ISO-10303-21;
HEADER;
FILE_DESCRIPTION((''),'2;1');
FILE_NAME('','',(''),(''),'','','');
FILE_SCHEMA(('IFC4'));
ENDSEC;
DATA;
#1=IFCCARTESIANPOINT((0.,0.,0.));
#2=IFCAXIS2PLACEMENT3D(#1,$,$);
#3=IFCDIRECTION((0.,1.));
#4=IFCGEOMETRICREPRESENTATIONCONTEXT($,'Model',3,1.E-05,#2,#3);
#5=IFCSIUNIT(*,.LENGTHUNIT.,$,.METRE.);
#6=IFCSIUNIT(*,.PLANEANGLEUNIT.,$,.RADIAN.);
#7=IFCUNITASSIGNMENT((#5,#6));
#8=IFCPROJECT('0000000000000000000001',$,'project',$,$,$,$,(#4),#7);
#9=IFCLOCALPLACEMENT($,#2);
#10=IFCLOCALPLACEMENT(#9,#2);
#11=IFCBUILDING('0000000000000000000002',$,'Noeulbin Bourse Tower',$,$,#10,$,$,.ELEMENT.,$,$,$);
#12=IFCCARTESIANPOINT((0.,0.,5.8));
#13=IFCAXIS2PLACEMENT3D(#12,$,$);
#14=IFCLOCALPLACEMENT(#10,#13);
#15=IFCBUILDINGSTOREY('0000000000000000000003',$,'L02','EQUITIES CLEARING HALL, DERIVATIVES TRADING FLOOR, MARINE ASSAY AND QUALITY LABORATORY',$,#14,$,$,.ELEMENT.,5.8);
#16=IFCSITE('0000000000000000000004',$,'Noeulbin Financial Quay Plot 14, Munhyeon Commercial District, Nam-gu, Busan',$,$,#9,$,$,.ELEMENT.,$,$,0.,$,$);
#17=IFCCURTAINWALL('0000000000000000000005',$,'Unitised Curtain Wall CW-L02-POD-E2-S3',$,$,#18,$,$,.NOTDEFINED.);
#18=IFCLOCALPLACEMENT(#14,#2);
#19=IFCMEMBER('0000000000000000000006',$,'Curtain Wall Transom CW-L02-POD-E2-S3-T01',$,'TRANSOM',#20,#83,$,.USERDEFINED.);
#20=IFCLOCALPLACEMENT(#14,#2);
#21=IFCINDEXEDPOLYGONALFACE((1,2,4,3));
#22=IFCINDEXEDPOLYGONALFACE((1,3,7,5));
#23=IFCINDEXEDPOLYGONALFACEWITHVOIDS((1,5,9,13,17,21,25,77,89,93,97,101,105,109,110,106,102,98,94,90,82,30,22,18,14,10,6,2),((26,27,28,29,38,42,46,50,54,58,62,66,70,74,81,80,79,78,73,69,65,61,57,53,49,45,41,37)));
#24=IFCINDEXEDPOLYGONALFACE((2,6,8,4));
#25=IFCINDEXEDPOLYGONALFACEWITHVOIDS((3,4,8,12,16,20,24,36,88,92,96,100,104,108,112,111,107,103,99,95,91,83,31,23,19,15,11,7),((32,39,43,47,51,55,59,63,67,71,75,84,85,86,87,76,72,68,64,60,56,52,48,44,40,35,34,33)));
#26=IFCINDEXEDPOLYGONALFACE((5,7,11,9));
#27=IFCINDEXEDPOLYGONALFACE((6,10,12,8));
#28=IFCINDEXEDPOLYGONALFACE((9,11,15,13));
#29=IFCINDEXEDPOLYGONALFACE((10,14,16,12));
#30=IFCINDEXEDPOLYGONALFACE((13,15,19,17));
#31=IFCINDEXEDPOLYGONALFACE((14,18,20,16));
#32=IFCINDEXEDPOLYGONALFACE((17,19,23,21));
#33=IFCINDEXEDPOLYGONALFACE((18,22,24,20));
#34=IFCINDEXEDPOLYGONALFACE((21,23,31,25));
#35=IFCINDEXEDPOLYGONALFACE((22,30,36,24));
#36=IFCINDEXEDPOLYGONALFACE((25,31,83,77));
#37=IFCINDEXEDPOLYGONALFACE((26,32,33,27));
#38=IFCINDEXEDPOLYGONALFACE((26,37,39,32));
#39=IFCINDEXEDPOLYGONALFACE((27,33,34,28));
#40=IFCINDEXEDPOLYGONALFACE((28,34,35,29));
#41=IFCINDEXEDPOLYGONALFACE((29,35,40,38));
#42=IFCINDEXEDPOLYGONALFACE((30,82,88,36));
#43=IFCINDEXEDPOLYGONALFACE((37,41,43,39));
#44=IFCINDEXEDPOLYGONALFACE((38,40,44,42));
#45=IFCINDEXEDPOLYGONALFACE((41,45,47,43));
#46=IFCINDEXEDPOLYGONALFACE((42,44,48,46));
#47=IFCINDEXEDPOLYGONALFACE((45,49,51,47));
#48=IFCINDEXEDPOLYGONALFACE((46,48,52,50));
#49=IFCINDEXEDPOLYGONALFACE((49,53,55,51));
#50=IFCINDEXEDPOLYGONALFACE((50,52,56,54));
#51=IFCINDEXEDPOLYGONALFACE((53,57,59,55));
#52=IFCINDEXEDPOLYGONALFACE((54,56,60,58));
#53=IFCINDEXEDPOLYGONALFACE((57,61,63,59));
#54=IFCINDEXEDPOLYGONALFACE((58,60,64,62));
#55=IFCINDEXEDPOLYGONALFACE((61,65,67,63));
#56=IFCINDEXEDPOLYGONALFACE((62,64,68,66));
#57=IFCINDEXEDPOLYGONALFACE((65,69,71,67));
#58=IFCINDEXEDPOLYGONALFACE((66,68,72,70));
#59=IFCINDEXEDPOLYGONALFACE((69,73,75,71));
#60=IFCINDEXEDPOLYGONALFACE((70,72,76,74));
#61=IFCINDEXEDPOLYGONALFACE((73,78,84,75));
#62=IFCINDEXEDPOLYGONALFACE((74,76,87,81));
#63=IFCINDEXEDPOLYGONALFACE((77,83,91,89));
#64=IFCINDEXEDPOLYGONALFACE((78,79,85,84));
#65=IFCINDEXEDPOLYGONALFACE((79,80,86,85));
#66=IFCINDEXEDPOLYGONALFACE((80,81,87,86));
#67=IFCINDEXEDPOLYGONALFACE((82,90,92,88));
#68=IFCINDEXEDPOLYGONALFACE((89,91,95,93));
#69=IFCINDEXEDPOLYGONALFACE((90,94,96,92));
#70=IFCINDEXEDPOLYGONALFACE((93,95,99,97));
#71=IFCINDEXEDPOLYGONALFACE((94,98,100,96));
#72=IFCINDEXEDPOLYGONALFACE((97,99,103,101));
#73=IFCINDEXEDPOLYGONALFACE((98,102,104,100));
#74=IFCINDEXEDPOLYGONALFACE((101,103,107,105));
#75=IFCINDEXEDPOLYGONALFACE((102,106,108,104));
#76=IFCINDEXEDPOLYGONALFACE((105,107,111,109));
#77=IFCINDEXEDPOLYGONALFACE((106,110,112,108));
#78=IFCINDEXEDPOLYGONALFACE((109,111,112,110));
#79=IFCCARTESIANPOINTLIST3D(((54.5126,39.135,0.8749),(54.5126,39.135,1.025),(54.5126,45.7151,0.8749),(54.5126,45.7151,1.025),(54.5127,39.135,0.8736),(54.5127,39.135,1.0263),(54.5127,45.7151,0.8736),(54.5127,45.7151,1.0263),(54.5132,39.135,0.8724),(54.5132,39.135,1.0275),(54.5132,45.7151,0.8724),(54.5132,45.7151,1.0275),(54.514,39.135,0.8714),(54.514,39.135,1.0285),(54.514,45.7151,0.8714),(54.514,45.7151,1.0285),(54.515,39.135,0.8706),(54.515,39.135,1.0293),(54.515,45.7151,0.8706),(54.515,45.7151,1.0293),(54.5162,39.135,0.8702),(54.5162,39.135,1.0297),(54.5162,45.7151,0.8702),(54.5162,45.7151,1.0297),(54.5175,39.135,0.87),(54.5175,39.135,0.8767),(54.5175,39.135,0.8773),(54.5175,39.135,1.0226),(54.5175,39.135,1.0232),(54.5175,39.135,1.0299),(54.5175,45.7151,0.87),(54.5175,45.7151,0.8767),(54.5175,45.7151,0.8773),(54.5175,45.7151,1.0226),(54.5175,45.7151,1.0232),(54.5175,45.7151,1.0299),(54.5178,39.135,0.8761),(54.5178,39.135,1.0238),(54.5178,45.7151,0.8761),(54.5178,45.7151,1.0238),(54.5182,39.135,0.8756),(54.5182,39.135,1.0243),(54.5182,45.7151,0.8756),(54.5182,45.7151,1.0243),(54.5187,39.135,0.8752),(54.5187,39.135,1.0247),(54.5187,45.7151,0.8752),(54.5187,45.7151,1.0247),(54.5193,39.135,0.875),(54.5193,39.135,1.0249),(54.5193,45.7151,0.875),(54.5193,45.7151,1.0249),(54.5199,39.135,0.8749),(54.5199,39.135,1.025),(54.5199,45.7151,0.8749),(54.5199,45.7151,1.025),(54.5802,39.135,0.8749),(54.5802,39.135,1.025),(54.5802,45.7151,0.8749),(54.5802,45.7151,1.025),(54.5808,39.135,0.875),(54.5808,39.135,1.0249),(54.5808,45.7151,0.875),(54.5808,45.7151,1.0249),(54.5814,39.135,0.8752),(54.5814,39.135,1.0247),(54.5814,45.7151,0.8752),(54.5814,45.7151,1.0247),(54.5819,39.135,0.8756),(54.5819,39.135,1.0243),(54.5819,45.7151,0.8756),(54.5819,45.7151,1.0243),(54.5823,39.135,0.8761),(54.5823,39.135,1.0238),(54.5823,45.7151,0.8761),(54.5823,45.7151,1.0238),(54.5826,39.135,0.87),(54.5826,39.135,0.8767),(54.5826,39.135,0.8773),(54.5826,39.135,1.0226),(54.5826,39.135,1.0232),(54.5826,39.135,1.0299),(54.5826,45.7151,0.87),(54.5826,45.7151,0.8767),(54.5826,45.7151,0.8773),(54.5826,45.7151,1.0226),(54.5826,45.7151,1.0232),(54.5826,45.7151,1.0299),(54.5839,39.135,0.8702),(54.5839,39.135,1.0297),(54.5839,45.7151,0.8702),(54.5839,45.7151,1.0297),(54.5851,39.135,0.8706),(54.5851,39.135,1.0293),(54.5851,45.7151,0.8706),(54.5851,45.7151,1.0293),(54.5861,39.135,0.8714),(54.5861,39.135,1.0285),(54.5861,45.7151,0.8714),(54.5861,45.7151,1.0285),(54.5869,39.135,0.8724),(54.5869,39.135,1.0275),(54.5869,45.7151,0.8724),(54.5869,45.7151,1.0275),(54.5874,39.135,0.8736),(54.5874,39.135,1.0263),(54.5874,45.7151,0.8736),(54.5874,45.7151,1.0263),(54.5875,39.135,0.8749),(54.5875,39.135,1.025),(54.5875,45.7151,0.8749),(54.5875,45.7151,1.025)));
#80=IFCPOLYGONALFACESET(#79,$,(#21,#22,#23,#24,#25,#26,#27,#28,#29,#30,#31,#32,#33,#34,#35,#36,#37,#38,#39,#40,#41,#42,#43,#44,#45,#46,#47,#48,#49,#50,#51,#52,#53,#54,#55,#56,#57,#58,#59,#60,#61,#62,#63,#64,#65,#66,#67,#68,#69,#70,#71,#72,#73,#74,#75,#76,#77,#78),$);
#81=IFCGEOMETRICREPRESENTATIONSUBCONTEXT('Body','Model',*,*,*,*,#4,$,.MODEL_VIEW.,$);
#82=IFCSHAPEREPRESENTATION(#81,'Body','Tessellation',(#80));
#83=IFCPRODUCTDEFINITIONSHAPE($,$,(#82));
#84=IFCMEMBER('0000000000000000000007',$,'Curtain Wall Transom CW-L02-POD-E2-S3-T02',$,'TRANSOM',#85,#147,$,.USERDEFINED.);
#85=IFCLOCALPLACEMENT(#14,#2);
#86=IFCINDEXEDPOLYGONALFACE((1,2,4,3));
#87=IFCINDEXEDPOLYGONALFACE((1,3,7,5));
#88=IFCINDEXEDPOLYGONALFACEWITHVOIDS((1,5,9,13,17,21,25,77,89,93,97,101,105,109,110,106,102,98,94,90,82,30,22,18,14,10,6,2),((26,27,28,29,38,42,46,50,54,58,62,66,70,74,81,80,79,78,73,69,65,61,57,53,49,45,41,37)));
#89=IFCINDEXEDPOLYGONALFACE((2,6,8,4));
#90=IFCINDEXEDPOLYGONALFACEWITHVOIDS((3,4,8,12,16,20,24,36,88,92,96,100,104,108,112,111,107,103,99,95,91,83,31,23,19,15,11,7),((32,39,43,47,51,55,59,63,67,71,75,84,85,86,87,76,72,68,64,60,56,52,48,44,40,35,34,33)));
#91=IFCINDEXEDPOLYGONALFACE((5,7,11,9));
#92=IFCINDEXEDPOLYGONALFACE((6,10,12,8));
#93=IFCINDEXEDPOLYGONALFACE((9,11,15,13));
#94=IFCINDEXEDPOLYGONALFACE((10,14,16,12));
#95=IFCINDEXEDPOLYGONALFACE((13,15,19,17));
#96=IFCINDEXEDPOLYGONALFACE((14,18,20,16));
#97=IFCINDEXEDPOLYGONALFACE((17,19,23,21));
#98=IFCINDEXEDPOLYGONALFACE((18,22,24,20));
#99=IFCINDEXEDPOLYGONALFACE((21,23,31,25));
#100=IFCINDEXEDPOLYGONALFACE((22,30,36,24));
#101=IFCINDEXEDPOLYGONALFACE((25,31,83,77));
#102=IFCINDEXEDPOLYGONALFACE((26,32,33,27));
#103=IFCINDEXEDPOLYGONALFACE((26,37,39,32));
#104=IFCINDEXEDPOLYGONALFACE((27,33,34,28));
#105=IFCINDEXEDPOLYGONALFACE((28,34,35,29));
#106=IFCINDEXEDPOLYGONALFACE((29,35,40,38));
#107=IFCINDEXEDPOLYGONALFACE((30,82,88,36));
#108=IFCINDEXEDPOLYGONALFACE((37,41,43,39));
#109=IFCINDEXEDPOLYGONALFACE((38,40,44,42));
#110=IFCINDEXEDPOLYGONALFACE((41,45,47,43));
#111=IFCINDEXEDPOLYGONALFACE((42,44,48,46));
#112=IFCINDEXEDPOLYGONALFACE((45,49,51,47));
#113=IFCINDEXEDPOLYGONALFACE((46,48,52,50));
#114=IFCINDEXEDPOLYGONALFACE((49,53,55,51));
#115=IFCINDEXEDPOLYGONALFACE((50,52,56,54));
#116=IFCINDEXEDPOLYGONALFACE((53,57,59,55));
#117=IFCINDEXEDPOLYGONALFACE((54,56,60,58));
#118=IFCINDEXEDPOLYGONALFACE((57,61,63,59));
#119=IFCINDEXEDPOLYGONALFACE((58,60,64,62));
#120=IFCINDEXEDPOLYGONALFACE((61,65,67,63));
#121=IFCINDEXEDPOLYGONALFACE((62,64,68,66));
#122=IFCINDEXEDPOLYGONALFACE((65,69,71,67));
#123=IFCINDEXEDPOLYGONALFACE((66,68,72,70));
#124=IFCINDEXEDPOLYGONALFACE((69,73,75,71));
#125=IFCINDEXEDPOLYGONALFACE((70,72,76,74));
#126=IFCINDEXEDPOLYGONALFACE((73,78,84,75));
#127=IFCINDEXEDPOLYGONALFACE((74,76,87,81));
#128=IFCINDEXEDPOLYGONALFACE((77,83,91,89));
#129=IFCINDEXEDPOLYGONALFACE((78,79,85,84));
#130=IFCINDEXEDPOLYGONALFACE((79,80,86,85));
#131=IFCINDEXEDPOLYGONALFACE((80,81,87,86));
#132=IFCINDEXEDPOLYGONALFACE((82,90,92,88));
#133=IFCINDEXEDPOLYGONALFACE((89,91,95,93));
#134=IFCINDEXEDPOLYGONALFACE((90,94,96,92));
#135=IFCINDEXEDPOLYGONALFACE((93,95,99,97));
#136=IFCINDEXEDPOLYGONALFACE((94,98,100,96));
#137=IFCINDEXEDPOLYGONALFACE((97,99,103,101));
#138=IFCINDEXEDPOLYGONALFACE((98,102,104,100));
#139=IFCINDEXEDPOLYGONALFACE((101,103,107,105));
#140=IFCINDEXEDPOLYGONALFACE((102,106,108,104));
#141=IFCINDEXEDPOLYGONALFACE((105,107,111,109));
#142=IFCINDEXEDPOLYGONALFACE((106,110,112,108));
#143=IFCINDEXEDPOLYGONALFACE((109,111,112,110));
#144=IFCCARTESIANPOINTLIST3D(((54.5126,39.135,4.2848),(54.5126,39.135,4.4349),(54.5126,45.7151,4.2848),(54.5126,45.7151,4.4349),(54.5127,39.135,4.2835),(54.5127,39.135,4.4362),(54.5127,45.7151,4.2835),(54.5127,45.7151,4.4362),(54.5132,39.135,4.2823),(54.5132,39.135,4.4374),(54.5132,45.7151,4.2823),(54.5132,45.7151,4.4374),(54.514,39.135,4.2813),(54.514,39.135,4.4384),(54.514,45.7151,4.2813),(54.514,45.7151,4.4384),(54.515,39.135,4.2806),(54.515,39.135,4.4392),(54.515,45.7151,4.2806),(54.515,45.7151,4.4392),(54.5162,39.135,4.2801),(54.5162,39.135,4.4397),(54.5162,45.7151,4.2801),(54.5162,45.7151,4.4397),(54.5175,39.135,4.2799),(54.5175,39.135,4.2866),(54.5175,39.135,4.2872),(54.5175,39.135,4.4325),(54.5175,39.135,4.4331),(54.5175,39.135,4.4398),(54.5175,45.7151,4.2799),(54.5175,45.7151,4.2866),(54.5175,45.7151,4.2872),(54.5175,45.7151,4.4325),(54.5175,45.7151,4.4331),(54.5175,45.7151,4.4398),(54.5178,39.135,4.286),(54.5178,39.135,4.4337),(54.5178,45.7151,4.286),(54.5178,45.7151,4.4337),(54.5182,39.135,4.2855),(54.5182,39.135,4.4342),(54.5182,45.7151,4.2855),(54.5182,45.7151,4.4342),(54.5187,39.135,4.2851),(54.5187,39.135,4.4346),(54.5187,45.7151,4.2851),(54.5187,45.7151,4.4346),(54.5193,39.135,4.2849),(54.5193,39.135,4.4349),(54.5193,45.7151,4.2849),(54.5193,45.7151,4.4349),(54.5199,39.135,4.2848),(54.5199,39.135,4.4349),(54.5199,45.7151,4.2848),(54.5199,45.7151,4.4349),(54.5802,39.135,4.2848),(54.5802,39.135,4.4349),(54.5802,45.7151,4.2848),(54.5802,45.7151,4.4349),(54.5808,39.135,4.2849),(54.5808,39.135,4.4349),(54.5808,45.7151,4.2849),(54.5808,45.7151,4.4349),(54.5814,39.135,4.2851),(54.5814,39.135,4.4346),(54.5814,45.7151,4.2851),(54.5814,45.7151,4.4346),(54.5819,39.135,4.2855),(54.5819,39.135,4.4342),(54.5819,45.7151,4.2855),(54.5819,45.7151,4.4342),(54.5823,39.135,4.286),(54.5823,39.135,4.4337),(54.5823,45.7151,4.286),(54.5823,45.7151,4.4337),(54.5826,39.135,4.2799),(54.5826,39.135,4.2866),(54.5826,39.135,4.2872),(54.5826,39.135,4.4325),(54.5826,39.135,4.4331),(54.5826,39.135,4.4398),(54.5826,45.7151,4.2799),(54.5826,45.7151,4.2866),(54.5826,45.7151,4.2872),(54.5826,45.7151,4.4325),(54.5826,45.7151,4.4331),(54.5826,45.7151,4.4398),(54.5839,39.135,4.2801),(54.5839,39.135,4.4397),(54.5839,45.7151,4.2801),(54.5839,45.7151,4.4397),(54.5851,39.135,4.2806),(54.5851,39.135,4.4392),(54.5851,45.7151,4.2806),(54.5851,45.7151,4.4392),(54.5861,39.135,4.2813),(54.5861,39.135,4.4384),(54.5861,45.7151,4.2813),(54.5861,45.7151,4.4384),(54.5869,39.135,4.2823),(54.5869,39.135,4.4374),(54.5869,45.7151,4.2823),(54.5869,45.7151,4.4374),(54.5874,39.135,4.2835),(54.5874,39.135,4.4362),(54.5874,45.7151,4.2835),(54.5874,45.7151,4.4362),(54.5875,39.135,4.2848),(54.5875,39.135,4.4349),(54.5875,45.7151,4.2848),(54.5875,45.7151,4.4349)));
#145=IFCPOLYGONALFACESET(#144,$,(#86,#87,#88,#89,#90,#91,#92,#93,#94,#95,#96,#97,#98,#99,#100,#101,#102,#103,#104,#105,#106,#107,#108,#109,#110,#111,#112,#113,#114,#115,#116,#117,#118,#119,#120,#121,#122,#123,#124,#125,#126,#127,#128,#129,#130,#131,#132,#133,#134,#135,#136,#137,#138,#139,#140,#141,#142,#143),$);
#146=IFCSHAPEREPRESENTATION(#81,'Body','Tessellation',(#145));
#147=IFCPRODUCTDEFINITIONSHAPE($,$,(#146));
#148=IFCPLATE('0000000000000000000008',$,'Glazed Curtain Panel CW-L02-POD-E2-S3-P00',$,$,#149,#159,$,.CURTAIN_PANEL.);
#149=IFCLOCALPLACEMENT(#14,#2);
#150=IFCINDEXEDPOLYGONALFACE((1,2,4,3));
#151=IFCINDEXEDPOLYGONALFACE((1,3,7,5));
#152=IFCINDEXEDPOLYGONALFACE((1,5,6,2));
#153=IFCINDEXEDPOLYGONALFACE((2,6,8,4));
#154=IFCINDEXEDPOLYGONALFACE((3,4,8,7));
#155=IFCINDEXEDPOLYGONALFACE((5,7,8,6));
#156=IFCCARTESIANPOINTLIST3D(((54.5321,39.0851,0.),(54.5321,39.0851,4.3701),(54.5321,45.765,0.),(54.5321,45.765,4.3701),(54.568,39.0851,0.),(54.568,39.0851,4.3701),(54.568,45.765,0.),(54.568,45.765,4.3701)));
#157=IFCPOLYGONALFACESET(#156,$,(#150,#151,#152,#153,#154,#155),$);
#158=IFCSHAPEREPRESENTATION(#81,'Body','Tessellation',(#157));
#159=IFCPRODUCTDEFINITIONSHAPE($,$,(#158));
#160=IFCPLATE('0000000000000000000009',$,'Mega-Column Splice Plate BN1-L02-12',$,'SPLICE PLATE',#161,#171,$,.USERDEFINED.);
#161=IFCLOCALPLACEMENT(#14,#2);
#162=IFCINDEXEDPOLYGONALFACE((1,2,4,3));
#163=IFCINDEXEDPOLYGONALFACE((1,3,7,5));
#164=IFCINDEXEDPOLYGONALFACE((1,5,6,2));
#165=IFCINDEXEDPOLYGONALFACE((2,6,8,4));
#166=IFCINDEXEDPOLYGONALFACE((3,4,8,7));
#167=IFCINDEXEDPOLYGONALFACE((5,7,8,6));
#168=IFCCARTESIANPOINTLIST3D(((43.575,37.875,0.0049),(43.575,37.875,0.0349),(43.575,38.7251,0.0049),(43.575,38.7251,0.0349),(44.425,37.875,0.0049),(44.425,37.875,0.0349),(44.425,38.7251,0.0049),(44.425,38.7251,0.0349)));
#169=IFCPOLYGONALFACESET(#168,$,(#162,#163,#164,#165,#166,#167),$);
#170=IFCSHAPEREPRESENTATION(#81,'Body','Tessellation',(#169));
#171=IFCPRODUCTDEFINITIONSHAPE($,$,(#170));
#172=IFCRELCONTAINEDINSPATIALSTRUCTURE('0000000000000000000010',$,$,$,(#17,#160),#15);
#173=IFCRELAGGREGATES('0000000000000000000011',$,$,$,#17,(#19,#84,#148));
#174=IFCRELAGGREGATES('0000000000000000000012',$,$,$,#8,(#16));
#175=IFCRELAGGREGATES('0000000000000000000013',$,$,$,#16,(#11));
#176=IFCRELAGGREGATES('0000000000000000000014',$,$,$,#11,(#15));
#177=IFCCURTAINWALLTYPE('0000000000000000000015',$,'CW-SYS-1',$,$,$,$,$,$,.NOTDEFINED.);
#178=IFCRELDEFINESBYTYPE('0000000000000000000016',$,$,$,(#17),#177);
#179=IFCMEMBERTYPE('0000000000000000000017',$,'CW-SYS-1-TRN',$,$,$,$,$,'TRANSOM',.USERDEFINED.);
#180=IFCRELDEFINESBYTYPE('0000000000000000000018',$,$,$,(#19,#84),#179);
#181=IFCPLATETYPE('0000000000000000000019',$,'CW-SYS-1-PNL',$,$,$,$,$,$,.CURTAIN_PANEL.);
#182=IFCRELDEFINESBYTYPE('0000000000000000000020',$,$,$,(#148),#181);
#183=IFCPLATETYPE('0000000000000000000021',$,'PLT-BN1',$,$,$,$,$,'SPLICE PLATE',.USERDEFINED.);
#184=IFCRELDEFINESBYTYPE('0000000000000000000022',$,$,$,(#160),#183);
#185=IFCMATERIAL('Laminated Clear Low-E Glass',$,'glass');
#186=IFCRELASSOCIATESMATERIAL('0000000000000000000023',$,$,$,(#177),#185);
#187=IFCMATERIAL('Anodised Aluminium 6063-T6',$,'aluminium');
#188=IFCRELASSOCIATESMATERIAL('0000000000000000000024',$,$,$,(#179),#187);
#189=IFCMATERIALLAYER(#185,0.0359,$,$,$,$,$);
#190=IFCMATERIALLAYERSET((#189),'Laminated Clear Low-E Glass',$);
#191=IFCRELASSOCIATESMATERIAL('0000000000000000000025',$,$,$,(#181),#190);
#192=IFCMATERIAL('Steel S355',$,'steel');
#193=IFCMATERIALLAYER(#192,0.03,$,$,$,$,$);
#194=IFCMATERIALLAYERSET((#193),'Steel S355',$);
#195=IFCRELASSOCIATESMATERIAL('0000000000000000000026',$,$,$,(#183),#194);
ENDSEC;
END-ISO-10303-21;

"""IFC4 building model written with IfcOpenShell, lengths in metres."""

from ifc_helpers import new_model, si_unit, direction, frame, origin, origin_2d, place, context, subcontext, project, spatial, rectangle, hollow_rectangle, extrude, material, layer, layer_set, material_profile, profile_set, type_object, element, aggregate, save


model = new_model("IFC4")

# Units and contexts
model_context = context("Model", 3, precision=1e-05, world=origin(), true_north=direction((0.0, 1.0)))
body_context = subcontext(model_context, "Body", "Model", "MODEL_VIEW")
ifc_project = project(units=[si_unit("LENGTHUNIT", "METRE"), si_unit("PLANEANGLEUNIT", "RADIAN")], contexts=[model_context])

# Site, building, storey
site_placement = place(None, origin())
site = spatial("IfcSite", under=ifc_project, at=site_placement, Name="Noeulbin Financial Quay Plot 14, Munhyeon Commercial District, Nam-gu, Busan", CompositionType="ELEMENT", RefElevation=0.0)
building_placement = place(site_placement, origin())
building = spatial("IfcBuilding", under=site, at=building_placement, Name="Noeulbin Bourse Tower", CompositionType="ELEMENT")
storey_placement = place(building_placement, frame((0.0, 0.0, 5.8)))
storey = spatial("IfcBuildingStorey", under=building, at=storey_placement, Name="L02", Description="EQUITIES CLEARING HALL, DERIVATIVES TRADING FLOOR, MARINE ASSAY AND QUALITY LABORATORY", CompositionType="ELEMENT", Elevation=5.8)

# Shared definitions
ifc_material_1 = material(Name="Steel S355", Category="steel")

# Curtain wall, members, plate
ifc_material_2 = material(Name="Laminated Clear Low-E Glass", Category="glass")
curtain_wall_type = type_object("IfcCurtainWallType", Name="CW-SYS-1", PredefinedType="NOTDEFINED", material=ifc_material_2)
curtain_wall_placement = place(storey_placement, origin())
curtain_wall = element("IfcCurtainWall", 1, at=curtain_wall_placement, inside=storey, type_object=curtain_wall_type, Name="Unitised Curtain Wall CW-L02-POD-E2-S3", PredefinedType="NOTDEFINED")
ifc_material_3 = material(Name="Anodised Aluminium 6063-T6", Category="aluminium")
ifc_material_profile_1 = material_profile(ifc_material_3, hollow_rectangle(XDim=0.075, YDim=0.1599, WallThickness=0.0049, InnerFilletRadius=0.0024, OuterFilletRadius=0.0049, at=origin_2d()), Name="ALU-TRAN-75x160x5", Category="LoadBearing")
ifc_profile_set_1 = profile_set([ifc_material_profile_1], Name="Anodised Aluminium 6063-T6")
member_type_1 = type_object("IfcMemberType", Name="CW-SYS-1-TRN", ElementType="TRANSOM", PredefinedType="USERDEFINED", material=ifc_profile_set_1)
member_1_placement = place(storey_placement, frame((54.55, 39.135, 0.95), z_axis=(0.0, 1.0, 0.0), x_axis=(-1.0, 0.0, 0.0)))
member_1 = element("IfcMember", 2, at=member_1_placement, type_object=member_type_1, Name="Curtain Wall Transom CW-L02-POD-E2-S3-T01", ObjectType="TRANSOM", PredefinedType="USERDEFINED", context=body_context, shape_type="SweptSolid", body=[
    extrude(hollow_rectangle(XDim=0.075, YDim=0.1599, WallThickness=0.0049, InnerFilletRadius=0.0024, OuterFilletRadius=0.0049, at=origin_2d()), origin(), (0.0, 0.0, 1.0), 6.5801),
])
member_2_placement = place(storey_placement, frame((54.55, 39.135, 4.3599), z_axis=(0.0, 1.0, 0.0), x_axis=(-1.0, 0.0, 0.0)))
member_2 = element("IfcMember", 3, at=member_2_placement, type_object=member_type_1, Name="Curtain Wall Transom CW-L02-POD-E2-S3-T02", ObjectType="TRANSOM", PredefinedType="USERDEFINED", context=body_context, shape_type="SweptSolid", body=[
    extrude(hollow_rectangle(XDim=0.075, YDim=0.1599, WallThickness=0.0049, InnerFilletRadius=0.0024, OuterFilletRadius=0.0049, at=origin_2d()), origin(), (0.0, 0.0, 1.0), 6.5801),
])
ifc_layer_1 = layer(ifc_material_2, 0.0359)
ifc_layer_set_1 = layer_set([ifc_layer_1], Name="Laminated Clear Low-E Glass")
plate_type_1 = type_object("IfcPlateType", Name="CW-SYS-1-PNL", PredefinedType="CURTAIN_PANEL", material=ifc_layer_set_1)
plate_1_placement = place(storey_placement, frame((54.55, 42.425, 0.0), z_axis=(0.0, 0.0, 1.0), x_axis=(0.0, 1.0, 0.0)))
plate_1 = element("IfcPlate", 4, at=plate_1_placement, type_object=plate_type_1, Name="Glazed Curtain Panel CW-L02-POD-E2-S3-P00", PredefinedType="CURTAIN_PANEL", context=body_context, shape_type="SweptSolid", body=[
    extrude(rectangle(XDim=6.6799, YDim=0.0359, at=origin_2d()), origin(), (0.0, 0.0, 1.0), 4.3701),
])
aggregate(curtain_wall, [member_1, member_2, plate_1])

# Plate
ifc_layer_2 = layer(ifc_material_1, 0.03)
ifc_layer_set_2 = layer_set([ifc_layer_2], Name="Steel S355")
plate_type_2 = type_object("IfcPlateType", Name="PLT-BN1", ElementType="SPLICE PLATE", PredefinedType="USERDEFINED", material=ifc_layer_set_2)
plate_2_placement = place(storey_placement, frame((44.0, 38.3, 0.0049), z_axis=(0.0, 0.0, 1.0), x_axis=(1.0, 0.0, 0.0)))
element("IfcPlate", 5, at=plate_2_placement, inside=storey, type_object=plate_type_2, Name="Mega-Column Splice Plate BN1-L02-12", ObjectType="SPLICE PLATE", PredefinedType="USERDEFINED", context=body_context, shape_type="SweptSolid", body=[
    extrude(rectangle(XDim=0.8501, YDim=0.8501, at=origin_2d()), origin(), (0.0, 0.0, 1.0), 0.03),
])

save(model, "model.ifc")
